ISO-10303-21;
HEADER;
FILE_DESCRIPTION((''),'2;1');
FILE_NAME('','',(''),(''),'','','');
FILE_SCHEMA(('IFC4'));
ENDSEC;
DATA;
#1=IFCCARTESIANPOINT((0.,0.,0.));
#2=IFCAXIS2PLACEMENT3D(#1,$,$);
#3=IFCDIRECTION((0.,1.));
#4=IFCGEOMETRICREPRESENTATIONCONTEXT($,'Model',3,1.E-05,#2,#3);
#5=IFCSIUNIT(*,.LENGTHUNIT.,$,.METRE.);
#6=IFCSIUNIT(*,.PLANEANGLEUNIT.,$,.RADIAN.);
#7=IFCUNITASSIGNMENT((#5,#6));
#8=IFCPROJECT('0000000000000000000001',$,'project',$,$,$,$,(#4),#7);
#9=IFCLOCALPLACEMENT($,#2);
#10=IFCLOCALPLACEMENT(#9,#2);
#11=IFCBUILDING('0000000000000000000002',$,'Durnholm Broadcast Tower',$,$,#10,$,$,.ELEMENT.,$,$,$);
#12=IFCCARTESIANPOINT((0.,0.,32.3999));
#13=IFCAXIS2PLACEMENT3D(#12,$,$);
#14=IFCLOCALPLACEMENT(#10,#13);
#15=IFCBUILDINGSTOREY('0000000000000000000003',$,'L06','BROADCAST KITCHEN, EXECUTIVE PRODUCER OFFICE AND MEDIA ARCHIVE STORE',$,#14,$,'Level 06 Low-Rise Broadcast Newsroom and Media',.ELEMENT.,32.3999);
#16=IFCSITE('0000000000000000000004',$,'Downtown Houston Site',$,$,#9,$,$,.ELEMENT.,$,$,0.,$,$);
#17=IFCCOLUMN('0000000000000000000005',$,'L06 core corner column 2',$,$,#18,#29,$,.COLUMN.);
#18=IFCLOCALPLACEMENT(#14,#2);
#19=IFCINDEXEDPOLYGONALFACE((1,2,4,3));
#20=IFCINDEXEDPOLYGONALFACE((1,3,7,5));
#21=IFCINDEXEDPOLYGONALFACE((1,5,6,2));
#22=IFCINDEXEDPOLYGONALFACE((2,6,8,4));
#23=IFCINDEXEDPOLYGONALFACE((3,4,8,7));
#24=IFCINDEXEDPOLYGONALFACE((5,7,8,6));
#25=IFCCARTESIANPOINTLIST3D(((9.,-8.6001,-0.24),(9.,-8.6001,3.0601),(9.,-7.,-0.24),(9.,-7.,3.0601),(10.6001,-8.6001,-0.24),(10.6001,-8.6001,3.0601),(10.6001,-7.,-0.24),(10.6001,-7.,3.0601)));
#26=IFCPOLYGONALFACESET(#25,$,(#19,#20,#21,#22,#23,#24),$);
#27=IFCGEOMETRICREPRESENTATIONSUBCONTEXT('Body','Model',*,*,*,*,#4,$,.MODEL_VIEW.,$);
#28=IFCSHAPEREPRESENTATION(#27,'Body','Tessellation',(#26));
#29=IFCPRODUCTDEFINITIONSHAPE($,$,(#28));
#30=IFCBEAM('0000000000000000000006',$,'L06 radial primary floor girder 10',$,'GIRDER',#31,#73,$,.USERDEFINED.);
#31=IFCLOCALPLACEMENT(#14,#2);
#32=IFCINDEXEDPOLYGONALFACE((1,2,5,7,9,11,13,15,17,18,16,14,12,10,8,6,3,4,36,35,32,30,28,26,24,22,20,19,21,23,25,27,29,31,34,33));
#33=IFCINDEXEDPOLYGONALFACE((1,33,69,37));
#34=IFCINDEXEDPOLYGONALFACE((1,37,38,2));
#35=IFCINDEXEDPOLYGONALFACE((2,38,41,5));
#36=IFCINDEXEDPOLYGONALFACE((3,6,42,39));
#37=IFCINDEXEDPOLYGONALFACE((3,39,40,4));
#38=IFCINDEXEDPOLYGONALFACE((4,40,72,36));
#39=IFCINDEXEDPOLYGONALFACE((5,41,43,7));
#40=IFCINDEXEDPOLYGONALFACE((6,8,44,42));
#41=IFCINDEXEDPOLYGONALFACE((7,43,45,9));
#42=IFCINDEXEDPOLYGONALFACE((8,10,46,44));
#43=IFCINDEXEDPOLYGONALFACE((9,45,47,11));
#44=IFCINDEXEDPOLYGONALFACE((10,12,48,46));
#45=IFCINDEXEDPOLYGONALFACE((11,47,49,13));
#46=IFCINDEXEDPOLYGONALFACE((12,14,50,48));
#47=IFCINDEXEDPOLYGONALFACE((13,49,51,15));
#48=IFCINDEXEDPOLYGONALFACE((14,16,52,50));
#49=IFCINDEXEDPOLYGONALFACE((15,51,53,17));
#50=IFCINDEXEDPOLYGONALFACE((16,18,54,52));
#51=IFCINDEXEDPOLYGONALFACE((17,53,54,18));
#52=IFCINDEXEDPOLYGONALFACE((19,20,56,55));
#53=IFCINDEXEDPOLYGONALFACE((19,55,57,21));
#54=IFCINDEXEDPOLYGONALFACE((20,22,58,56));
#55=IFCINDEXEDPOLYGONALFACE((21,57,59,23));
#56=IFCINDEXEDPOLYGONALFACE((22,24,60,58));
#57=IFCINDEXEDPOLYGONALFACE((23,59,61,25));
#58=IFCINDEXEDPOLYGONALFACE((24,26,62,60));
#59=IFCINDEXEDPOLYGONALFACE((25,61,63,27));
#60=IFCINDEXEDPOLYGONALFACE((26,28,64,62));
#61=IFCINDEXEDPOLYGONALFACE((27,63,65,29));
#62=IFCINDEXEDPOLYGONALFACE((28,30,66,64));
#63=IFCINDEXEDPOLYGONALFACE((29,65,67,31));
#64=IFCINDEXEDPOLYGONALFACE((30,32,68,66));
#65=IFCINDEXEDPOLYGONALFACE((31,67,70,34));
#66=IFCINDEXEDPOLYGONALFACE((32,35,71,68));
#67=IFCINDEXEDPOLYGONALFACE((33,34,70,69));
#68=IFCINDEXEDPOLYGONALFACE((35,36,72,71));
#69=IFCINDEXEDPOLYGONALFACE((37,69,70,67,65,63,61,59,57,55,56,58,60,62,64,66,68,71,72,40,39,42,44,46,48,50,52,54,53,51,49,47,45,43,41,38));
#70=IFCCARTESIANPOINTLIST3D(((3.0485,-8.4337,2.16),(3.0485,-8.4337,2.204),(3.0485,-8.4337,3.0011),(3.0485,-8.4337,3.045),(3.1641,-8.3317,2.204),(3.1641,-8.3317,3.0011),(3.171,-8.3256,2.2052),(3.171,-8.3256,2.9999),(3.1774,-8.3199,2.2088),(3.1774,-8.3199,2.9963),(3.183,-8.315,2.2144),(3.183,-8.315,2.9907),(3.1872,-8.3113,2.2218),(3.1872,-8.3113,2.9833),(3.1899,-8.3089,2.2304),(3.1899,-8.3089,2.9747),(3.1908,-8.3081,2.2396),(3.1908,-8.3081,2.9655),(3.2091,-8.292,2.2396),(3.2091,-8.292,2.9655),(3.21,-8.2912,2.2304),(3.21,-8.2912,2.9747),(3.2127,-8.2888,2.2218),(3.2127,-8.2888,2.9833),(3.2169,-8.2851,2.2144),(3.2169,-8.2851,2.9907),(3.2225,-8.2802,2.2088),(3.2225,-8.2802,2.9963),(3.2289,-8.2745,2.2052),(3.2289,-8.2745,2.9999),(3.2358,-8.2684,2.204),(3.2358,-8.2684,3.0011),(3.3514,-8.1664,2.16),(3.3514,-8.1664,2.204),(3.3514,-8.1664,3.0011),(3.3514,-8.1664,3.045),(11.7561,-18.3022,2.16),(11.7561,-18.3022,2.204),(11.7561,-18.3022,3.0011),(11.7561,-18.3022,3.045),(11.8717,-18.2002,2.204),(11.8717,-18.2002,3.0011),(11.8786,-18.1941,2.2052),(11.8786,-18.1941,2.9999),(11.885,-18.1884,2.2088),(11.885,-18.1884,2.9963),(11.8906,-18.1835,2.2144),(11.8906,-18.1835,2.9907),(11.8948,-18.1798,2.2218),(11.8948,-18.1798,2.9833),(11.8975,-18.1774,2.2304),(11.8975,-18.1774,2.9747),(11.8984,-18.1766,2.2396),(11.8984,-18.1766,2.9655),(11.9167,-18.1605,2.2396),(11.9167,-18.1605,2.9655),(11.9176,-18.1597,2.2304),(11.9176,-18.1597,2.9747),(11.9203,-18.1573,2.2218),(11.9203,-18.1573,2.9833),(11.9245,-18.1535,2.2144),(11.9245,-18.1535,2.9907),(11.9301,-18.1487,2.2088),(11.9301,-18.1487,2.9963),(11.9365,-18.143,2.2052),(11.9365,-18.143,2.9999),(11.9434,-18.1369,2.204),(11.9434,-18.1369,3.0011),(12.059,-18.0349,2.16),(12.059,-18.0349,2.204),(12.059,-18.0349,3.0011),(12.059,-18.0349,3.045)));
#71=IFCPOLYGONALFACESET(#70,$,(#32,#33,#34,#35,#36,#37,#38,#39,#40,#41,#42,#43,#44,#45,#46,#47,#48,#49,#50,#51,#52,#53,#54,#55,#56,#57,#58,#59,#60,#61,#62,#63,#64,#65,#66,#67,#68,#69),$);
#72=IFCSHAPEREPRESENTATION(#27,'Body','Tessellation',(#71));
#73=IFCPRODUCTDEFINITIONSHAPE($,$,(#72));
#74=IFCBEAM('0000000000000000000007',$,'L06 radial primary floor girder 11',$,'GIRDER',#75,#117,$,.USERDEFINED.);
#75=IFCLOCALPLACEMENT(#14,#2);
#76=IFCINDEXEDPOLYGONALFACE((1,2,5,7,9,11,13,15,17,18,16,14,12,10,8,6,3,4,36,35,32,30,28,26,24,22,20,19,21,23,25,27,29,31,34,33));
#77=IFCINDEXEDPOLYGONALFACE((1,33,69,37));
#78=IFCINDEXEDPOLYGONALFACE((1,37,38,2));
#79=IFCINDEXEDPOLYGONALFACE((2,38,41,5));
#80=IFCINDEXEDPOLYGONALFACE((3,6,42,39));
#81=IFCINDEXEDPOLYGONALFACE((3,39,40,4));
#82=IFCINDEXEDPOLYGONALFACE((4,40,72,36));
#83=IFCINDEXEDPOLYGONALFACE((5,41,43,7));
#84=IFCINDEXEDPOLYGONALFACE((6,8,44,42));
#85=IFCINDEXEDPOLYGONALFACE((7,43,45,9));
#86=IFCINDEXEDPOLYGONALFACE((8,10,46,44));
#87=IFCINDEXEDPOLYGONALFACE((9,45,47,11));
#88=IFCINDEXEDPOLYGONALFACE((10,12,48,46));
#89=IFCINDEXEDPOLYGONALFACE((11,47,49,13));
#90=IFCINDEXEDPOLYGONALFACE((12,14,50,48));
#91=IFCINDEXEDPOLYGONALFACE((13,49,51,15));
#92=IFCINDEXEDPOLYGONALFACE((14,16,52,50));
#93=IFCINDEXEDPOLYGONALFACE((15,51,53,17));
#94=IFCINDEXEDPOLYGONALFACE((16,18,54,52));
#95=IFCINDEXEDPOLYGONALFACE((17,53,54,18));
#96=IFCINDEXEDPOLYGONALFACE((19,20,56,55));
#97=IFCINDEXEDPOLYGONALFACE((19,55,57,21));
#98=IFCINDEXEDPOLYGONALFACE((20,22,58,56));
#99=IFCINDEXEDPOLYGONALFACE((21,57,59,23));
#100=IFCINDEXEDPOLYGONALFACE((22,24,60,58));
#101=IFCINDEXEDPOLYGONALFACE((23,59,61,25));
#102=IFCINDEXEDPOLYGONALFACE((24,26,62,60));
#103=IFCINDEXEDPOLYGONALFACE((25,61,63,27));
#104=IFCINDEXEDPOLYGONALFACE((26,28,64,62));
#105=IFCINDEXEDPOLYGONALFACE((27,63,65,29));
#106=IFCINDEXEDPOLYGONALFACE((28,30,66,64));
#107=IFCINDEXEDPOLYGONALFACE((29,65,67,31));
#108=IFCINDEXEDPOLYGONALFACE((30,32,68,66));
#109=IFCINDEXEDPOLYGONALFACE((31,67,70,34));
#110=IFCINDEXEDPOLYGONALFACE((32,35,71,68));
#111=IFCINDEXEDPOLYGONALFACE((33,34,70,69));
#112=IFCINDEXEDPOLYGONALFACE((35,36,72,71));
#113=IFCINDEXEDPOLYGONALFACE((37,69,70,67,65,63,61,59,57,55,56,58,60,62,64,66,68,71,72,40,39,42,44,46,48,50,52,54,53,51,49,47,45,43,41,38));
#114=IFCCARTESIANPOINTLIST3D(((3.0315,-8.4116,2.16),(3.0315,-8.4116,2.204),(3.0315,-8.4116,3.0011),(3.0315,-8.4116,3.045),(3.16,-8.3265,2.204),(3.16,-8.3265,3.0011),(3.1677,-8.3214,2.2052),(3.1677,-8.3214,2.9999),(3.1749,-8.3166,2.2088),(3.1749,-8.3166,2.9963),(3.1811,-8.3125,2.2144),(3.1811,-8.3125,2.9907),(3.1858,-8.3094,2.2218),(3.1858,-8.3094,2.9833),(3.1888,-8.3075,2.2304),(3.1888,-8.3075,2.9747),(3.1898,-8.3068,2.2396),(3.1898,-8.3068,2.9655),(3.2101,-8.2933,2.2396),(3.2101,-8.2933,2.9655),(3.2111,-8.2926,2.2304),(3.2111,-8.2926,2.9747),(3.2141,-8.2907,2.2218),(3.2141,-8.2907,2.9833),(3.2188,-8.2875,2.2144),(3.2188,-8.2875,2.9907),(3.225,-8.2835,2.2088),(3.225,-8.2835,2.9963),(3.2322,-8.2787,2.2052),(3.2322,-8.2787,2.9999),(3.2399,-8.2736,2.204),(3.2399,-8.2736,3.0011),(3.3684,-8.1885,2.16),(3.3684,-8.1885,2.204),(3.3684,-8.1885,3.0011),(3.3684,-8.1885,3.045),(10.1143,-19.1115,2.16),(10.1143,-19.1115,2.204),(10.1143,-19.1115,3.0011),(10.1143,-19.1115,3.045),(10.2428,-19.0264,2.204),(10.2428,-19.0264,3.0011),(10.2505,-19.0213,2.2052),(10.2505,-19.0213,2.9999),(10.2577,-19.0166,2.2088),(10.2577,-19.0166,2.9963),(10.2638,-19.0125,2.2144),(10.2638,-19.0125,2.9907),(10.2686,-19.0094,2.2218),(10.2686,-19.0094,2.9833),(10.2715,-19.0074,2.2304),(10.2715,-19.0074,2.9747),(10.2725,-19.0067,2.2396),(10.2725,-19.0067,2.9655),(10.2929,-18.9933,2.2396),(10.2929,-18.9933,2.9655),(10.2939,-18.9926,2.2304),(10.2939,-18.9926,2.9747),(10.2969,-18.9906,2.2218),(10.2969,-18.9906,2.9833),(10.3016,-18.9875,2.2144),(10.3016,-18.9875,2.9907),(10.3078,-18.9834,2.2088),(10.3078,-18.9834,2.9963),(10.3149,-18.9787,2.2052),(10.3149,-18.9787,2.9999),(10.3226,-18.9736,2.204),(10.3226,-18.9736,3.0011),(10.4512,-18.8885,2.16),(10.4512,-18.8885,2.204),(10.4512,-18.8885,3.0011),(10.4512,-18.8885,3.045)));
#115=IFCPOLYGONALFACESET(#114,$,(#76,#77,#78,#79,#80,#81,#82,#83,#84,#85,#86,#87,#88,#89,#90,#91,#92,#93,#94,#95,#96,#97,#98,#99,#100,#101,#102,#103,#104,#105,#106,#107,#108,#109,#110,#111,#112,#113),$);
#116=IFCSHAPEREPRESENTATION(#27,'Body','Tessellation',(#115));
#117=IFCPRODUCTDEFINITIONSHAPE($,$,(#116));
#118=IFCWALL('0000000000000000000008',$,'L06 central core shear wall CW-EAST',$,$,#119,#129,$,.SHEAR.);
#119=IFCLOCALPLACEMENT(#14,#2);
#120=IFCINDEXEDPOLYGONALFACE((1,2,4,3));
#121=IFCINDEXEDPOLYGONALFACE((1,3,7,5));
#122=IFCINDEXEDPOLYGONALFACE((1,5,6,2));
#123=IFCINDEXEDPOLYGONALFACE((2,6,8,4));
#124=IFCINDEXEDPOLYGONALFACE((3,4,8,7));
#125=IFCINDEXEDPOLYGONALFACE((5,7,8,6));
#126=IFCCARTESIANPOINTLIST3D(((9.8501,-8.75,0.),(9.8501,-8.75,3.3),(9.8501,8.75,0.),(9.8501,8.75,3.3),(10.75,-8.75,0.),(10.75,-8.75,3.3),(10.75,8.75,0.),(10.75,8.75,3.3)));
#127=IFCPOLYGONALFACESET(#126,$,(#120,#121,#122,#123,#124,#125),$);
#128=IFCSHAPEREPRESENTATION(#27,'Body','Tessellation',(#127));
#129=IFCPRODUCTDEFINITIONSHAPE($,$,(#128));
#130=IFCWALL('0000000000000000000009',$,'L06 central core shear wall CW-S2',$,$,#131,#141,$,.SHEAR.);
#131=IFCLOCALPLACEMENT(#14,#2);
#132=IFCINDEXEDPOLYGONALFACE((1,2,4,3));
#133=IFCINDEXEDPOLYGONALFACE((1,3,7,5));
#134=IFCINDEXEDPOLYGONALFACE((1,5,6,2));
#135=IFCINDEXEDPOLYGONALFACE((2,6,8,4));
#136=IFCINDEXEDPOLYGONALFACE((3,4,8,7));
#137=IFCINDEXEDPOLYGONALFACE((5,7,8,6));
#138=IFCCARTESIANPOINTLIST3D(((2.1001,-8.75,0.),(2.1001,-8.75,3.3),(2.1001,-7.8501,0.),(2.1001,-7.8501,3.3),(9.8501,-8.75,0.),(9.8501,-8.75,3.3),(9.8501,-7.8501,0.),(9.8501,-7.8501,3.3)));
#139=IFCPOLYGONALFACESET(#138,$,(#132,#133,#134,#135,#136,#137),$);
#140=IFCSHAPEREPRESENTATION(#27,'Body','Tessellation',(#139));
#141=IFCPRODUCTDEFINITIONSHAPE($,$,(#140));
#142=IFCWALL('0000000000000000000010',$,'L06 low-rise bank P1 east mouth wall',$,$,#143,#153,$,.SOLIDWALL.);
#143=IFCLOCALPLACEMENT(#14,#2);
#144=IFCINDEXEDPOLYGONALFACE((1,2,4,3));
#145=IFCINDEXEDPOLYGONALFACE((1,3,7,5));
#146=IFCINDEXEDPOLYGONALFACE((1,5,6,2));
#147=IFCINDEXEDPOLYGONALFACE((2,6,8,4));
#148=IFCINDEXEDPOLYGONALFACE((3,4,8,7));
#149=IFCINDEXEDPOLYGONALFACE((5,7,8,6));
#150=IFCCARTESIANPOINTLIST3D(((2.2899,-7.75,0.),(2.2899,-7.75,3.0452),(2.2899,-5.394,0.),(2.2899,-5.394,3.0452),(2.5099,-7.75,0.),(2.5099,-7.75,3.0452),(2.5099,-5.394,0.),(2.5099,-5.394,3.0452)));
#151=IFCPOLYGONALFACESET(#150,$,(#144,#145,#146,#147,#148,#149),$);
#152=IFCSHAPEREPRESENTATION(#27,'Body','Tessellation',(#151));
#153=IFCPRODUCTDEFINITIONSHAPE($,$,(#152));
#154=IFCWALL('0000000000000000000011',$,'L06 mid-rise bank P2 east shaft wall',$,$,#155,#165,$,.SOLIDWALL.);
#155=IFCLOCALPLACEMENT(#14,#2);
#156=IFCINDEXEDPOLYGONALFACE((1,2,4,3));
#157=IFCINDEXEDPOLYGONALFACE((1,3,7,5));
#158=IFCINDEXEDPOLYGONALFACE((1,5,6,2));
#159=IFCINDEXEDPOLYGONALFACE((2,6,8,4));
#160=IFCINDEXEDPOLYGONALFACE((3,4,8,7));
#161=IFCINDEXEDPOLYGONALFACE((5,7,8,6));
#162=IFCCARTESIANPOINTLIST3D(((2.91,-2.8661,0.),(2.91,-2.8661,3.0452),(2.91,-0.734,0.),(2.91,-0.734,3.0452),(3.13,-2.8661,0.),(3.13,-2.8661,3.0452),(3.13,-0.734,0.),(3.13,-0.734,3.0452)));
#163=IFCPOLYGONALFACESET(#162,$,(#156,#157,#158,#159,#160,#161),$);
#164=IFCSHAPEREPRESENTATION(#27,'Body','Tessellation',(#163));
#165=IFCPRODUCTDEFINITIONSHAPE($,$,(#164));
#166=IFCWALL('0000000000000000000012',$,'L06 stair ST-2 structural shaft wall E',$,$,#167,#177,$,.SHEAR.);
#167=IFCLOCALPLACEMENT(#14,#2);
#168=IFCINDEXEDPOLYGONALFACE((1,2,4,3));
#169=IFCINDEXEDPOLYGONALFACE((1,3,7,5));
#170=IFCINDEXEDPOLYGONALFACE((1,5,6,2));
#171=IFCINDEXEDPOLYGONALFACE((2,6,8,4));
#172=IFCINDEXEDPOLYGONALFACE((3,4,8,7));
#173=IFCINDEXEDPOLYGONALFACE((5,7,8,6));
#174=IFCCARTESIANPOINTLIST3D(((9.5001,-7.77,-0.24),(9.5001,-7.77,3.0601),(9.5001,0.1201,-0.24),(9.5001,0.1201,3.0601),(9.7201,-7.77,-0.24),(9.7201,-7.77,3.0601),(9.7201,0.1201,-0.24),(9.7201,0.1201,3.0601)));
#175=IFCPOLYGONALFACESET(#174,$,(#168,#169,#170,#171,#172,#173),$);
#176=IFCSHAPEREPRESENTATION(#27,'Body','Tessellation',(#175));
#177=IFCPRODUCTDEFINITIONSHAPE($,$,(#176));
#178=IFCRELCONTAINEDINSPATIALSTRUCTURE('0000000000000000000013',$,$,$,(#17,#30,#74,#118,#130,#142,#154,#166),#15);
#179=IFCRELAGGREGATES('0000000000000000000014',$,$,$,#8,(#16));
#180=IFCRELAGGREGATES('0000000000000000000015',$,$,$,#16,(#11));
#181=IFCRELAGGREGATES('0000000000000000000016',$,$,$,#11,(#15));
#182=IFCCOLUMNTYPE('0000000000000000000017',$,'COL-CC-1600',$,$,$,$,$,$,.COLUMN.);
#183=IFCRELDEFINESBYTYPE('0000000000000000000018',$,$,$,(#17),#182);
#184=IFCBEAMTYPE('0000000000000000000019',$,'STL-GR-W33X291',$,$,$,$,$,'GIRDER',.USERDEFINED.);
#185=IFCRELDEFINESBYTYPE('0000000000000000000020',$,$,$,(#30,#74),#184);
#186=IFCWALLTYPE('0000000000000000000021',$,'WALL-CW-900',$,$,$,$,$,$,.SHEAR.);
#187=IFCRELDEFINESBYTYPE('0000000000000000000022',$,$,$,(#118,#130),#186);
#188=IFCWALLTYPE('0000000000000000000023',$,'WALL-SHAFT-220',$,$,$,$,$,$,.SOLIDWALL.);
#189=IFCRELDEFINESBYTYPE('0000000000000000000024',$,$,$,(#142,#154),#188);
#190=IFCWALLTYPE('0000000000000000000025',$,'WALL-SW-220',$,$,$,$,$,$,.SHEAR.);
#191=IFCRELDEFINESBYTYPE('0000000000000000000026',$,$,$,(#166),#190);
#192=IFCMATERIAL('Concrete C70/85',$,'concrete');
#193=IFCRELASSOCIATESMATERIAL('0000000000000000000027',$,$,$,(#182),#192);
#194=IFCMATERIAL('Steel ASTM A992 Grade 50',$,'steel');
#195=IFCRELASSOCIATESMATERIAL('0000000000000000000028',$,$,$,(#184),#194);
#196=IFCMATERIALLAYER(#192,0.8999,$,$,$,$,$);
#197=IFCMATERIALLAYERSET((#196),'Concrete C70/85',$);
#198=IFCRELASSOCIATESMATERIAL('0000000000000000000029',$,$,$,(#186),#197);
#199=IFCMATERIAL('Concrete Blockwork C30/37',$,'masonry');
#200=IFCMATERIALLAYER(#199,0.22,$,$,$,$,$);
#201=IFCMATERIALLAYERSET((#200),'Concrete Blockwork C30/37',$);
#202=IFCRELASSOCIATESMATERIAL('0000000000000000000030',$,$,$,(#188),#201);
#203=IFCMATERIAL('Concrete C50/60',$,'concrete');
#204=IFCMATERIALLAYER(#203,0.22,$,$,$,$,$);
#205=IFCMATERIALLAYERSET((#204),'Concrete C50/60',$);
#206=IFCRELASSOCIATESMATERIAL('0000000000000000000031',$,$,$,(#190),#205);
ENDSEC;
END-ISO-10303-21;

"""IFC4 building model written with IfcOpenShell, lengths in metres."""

from ifc_helpers import new_model, si_unit, direction, frame, frame_2d, origin, origin_2d, place, context, subcontext, project, spatial, rectangle, i_section, extrude, source, transform, mapped, material, layer, layer_set, material_profile, profile_set, type_object, type_shapes, element, save


model = new_model("IFC4")

# Units and contexts
model_context = context("Model", 3, precision=1e-05, world=origin(), true_north=direction((0.0, 1.0)))
body_context = subcontext(model_context, "Body", "Model", "MODEL_VIEW")
ifc_project = project(units=[si_unit("LENGTHUNIT", "METRE"), si_unit("PLANEANGLEUNIT", "RADIAN")], contexts=[model_context])

# Site, building, storey
site_placement = place(None, origin())
site = spatial("IfcSite", under=ifc_project, at=site_placement, Name="Downtown Houston Site", CompositionType="ELEMENT", RefElevation=0.0)
building_placement = place(site_placement, origin())
building = spatial("IfcBuilding", under=site, at=building_placement, Name="Durnholm Broadcast Tower", CompositionType="ELEMENT")
storey_placement = place(building_placement, frame((0.0, 0.0, 32.3999)))
storey = spatial("IfcBuildingStorey", under=building, at=storey_placement, Name="L06", Description="BROADCAST KITCHEN, EXECUTIVE PRODUCER OFFICE AND MEDIA ARCHIVE STORE", LongName="Level 06 Low-Rise Broadcast Newsroom and Media", CompositionType="ELEMENT", Elevation=32.3999)

# Column
ifc_material_1 = material(Name="Concrete C70/85", Category="concrete")
ifc_material_profile_1 = material_profile(ifc_material_1, rectangle(XDim=1.6001, YDim=1.6001, at=origin_2d()), Name="RC1600X1600")
ifc_profile_set_1 = profile_set([ifc_material_profile_1], Name="Concrete C70/85")
column_type = type_object("IfcColumnType", Name="COL-CC-1600", PredefinedType="COLUMN", material=ifc_profile_set_1)
shared_shape_1 = source(origin(), body_context, "Body", "SweptSolid", [
    extrude(rectangle(XDim=1.6001, YDim=1.6001, at=origin_2d()), origin(), (0.0, 0.0, 1.0), 3.3),
])
type_shapes(column_type, [shared_shape_1])
column_placement = place(storey_placement, frame((9.8, -7.8, -0.24), z_axis=(0.0, 0.0, 1.0), x_axis=(1.0, 0.0, 0.0)))
element("IfcColumn", 1, at=column_placement, inside=storey, type_object=column_type, Name="L06 core corner column 2", PredefinedType="COLUMN", context=body_context, shape_type="MappedRepresentation", body=[
    mapped(shared_shape_1, transform((0.0, 0.0, 0.0), x_axis=(1.0, 0.0, 0.0), y_axis=(0.0, 1.0, 0.0), z_axis=(0.0, 0.0, 1.0), scale=1.0)),
])

# Beams
ifc_material_2 = material(Name="Steel ASTM A992 Grade 50", Category="steel")
ifc_material_profile_2 = material_profile(ifc_material_2, i_section(OverallWidth=0.4041, OverallDepth=0.885, WebThickness=0.0244, FlangeThickness=0.0439, FilletRadius=0.0356, at=origin_2d()), Name="W33X291")
ifc_profile_set_2 = profile_set([ifc_material_profile_2], Name="Steel ASTM A992 Grade 50")
beam_type = type_object("IfcBeamType", Name="STL-GR-W33X291", ElementType="GIRDER", PredefinedType="USERDEFINED", material=ifc_profile_set_2)
shared_shape_2 = source(origin(), body_context, "Body", "SweptSolid", [
    extrude(i_section(OverallWidth=0.4041, OverallDepth=0.885, WebThickness=0.0244, FlangeThickness=0.0439, FilletRadius=0.0356, at=origin_2d()), origin(), (0.0, 0.0, 1.0), 13.1609),
])
beam_1_placement = place(storey_placement, frame((3.2, -8.3, 2.6025), z_axis=(0.661626, -0.749834, 0.0), x_axis=(0.749834, 0.661626, 0.0)))
element("IfcBeam", 2, at=beam_1_placement, inside=storey, type_object=beam_type, Name="L06 radial primary floor girder 10", ObjectType="GIRDER", PredefinedType="USERDEFINED", context=body_context, shape_type="MappedRepresentation", body=[
    mapped(shared_shape_2, transform((0.0, 0.0, 0.0), x_axis=(1.0, 0.0, 0.0), y_axis=(0.0, 1.0, 0.0), z_axis=(0.0, 0.0, 1.0), scale=1.0)),
])
shared_shape_3 = source(origin(), body_context, "Body", "SweptSolid", [
    extrude(i_section(OverallWidth=0.4041, OverallDepth=0.885, WebThickness=0.0244, FlangeThickness=0.0439, FilletRadius=0.0356, at=origin_2d()), origin(), (0.0, 0.0, 1.0), 12.8318),
])
type_shapes(beam_type, [shared_shape_2, shared_shape_3])
beam_2_placement = place(storey_placement, frame((3.2, -8.3, 2.6025), z_axis=(0.551971, -0.833864, 0.0), x_axis=(0.833864, 0.551971, 0.0)))
element("IfcBeam", 3, at=beam_2_placement, inside=storey, type_object=beam_type, Name="L06 radial primary floor girder 11", ObjectType="GIRDER", PredefinedType="USERDEFINED", context=body_context, shape_type="MappedRepresentation", body=[
    mapped(shared_shape_3, transform((0.0, 0.0, 0.0), x_axis=(1.0, 0.0, 0.0), y_axis=(0.0, 1.0, 0.0), z_axis=(0.0, 0.0, 1.0), scale=1.0)),
])

# Walls
ifc_layer_1 = layer(ifc_material_1, 0.8999)
ifc_layer_set_1 = layer_set([ifc_layer_1], Name="Concrete C70/85")
wall_type_1 = type_object("IfcWallType", Name="WALL-CW-900", PredefinedType="SHEAR", material=ifc_layer_set_1)
wall_1_placement = place(storey_placement, frame((10.3, -8.75, 0.0), z_axis=(0.0, 0.0, 1.0), x_axis=(0.0, 1.0, 0.0)))
element("IfcWall", 4, at=wall_1_placement, inside=storey, type_object=wall_type_1, Name="L06 central core shear wall CW-EAST", PredefinedType="SHEAR", context=body_context, shape_type="SweptSolid", body=[
    extrude(rectangle(XDim=17.5, YDim=0.8999, at=frame_2d((8.75, 0.0))), origin(), (0.0, 0.0, 1.0), 3.3),
])
wall_2_placement = place(storey_placement, frame((2.1001, -8.3, 0.0), z_axis=(0.0, 0.0, 1.0), x_axis=(1.0, 0.0, 0.0)))
element("IfcWall", 5, at=wall_2_placement, inside=storey, type_object=wall_type_1, Name="L06 central core shear wall CW-S2", PredefinedType="SHEAR", context=body_context, shape_type="SweptSolid", body=[
    extrude(rectangle(XDim=7.75, YDim=0.8999, at=frame_2d((3.875, 0.0))), origin(), (0.0, 0.0, 1.0), 3.3),
])

# Shared definitions
ifc_material_3 = material(Name="Concrete Blockwork C30/37", Category="masonry")
ifc_layer_2 = layer(ifc_material_3, 0.22)
ifc_layer_set_2 = layer_set([ifc_layer_2], Name="Concrete Blockwork C30/37")
wall_type_2 = type_object("IfcWallType", Name="WALL-SHAFT-220", PredefinedType="SOLIDWALL", material=ifc_layer_set_2)

# Walls
wall_3_placement = place(storey_placement, frame((2.3999, -7.75, 0.0), z_axis=(0.0, 0.0, 1.0), x_axis=(0.0, 1.0, 0.0)))
element("IfcWall", 6, at=wall_3_placement, inside=storey, type_object=wall_type_2, Name="L06 low-rise bank P1 east mouth wall", PredefinedType="SOLIDWALL", context=body_context, shape_type="SweptSolid", body=[
    extrude(rectangle(XDim=2.356, YDim=0.22, at=frame_2d((1.178, 0.0))), origin(), (0.0, 0.0, 1.0), 3.0452),
])
wall_4_placement = place(storey_placement, frame((3.02, -2.866, 0.0), z_axis=(0.0, 0.0, 1.0), x_axis=(0.0, 1.0, 0.0)))
element("IfcWall", 7, at=wall_4_placement, inside=storey, type_object=wall_type_2, Name="L06 mid-rise bank P2 east shaft wall", PredefinedType="SOLIDWALL", context=body_context, shape_type="SweptSolid", body=[
    extrude(rectangle(XDim=2.1321, YDim=0.22, at=frame_2d((1.0659, 0.0))), origin(), (0.0, 0.0, 1.0), 3.0452),
])
ifc_material_4 = material(Name="Concrete C50/60", Category="concrete")
ifc_layer_3 = layer(ifc_material_4, 0.22)
ifc_layer_set_3 = layer_set([ifc_layer_3], Name="Concrete C50/60")
wall_type_3 = type_object("IfcWallType", Name="WALL-SW-220", PredefinedType="SHEAR", material=ifc_layer_set_3)
wall_5_placement = place(storey_placement, frame((9.6101, -7.77, -0.24), z_axis=(0.0, 0.0, 1.0), x_axis=(0.0, 1.0, 0.0)))
element("IfcWall", 8, at=wall_5_placement, inside=storey, type_object=wall_type_3, Name="L06 stair ST-2 structural shaft wall E", PredefinedType="SHEAR", context=body_context, shape_type="SweptSolid", body=[
    extrude(rectangle(XDim=7.8901, YDim=0.22, at=frame_2d((3.9451, 0.0))), origin(), (0.0, 0.0, 1.0), 3.3),
])

save(model, "model.ifc")
